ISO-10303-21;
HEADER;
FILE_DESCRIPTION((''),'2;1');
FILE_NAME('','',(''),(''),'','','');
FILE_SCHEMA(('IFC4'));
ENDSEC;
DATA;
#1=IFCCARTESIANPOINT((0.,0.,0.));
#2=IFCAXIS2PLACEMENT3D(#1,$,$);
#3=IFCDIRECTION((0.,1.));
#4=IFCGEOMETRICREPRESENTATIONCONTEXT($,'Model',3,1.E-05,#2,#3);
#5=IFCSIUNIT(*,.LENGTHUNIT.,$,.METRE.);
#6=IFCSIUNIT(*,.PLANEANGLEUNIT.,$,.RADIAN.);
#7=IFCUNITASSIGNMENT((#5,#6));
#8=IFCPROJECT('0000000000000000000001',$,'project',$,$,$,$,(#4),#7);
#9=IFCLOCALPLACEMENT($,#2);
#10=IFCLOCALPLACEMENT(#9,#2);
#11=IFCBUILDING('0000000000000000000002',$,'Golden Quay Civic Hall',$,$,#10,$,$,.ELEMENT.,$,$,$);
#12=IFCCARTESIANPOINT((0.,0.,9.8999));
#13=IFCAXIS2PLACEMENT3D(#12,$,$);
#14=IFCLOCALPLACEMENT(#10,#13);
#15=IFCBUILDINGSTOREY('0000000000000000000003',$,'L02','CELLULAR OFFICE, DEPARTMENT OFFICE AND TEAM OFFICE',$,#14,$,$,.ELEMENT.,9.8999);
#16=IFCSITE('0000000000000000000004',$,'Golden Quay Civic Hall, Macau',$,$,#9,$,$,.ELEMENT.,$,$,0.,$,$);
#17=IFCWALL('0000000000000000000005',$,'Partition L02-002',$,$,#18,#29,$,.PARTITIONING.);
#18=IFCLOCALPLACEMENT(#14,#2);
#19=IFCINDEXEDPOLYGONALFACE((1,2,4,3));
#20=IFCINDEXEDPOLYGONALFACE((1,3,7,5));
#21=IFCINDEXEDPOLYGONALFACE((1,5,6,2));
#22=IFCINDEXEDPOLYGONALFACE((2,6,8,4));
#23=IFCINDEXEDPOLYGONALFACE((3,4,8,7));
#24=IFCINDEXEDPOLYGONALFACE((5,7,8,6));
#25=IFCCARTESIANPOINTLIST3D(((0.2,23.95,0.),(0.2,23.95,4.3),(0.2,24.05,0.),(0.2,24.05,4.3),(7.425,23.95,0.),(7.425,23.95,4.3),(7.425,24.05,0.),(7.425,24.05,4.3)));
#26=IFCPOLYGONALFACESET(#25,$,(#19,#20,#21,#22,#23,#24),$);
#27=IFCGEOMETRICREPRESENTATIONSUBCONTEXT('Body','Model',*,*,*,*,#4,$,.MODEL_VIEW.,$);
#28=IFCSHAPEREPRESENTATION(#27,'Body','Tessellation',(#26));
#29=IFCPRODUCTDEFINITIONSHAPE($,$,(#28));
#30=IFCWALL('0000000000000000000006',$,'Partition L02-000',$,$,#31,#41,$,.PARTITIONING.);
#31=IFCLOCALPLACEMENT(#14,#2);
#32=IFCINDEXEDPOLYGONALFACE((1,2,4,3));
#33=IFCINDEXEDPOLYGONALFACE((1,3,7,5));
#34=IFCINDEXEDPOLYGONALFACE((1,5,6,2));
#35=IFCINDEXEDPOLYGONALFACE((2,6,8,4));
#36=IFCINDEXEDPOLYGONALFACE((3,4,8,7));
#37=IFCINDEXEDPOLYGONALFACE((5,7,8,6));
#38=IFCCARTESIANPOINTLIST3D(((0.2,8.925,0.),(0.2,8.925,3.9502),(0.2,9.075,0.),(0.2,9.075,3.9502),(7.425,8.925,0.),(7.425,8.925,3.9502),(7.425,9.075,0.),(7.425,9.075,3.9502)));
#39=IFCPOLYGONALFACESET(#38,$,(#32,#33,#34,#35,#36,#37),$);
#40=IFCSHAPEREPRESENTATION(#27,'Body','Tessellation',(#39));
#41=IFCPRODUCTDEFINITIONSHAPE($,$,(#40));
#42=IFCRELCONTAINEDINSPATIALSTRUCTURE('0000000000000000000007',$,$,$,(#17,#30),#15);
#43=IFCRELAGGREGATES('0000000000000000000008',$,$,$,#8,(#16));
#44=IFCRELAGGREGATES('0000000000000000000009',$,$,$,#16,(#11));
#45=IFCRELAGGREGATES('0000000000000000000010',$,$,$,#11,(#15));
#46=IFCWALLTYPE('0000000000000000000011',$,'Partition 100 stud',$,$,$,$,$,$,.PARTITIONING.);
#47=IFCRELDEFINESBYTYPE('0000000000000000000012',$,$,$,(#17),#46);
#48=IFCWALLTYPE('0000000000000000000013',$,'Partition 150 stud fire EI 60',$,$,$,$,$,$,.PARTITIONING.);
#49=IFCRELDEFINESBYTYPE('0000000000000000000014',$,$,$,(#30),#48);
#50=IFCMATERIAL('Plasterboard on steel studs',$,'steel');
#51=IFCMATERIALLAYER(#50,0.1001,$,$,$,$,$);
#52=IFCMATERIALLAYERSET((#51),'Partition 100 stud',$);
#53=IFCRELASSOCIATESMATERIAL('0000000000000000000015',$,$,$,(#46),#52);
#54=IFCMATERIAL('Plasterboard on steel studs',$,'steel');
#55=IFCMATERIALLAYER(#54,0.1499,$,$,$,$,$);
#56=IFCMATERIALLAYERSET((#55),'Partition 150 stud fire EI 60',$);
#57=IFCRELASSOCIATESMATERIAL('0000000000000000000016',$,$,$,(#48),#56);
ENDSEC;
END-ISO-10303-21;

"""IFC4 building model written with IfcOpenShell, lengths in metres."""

from ifc_helpers import new_model, si_unit, direction, frame, frame_2d, origin, place, context, subcontext, project, spatial, rectangle, extrude, material, layer, layer_set, type_object, element, save


model = new_model("IFC4")

# Units and contexts
model_context = context("Model", 3, precision=1e-05, world=origin(), true_north=direction((0.0, 1.0)))
body_context = subcontext(model_context, "Body", "Model", "MODEL_VIEW")
ifc_project = project(units=[si_unit("LENGTHUNIT", "METRE"), si_unit("PLANEANGLEUNIT", "RADIAN")], contexts=[model_context])

# Site, building, storey
site_placement = place(None, origin())
site = spatial("IfcSite", under=ifc_project, at=site_placement, Name="Golden Quay Civic Hall, Macau", CompositionType="ELEMENT", RefElevation=0.0)
building_placement = place(site_placement, origin())
building = spatial("IfcBuilding", under=site, at=building_placement, Name="Golden Quay Civic Hall", CompositionType="ELEMENT")
storey_placement = place(building_placement, frame((0.0, 0.0, 9.8999)))
storey = spatial("IfcBuildingStorey", under=building, at=storey_placement, Name="L02", Description="CELLULAR OFFICE, DEPARTMENT OFFICE AND TEAM OFFICE", CompositionType="ELEMENT", Elevation=9.8999)

# Walls
ifc_material_1 = material(Name="Plasterboard on steel studs", Category="steel")
ifc_layer_1 = layer(ifc_material_1, 0.1001)
ifc_layer_set_1 = layer_set([ifc_layer_1], Name="Partition 100 stud")
wall_type_1 = type_object("IfcWallType", Name="Partition 100 stud", PredefinedType="PARTITIONING", material=ifc_layer_set_1)
wall_1_placement = place(storey_placement, frame((0.2, 24.0, 0.0), z_axis=(0.0, 0.0, 1.0), x_axis=(1.0, 0.0, 0.0)))
element("IfcWall", 1, at=wall_1_placement, inside=storey, type_object=wall_type_1, Name="Partition L02-002", PredefinedType="PARTITIONING", context=body_context, shape_type="SweptSolid", body=[
    extrude(rectangle(XDim=7.2251, YDim=0.1001, at=frame_2d((3.6125, 0.0))), origin(), (0.0, 0.0, 1.0), 4.3),
])
ifc_material_2 = material(Name="Plasterboard on steel studs", Category="steel")
ifc_layer_2 = layer(ifc_material_2, 0.1499)
ifc_layer_set_2 = layer_set([ifc_layer_2], Name="Partition 150 stud fire EI 60")
wall_type_2 = type_object("IfcWallType", Name="Partition 150 stud fire EI 60", PredefinedType="PARTITIONING", material=ifc_layer_set_2)
wall_2_placement = place(storey_placement, frame((0.2, 9.0, 0.0), z_axis=(0.0, 0.0, 1.0), x_axis=(1.0, 0.0, 0.0)))
element("IfcWall", 2, at=wall_2_placement, inside=storey, type_object=wall_type_2, Name="Partition L02-000", PredefinedType="PARTITIONING", context=body_context, shape_type="SweptSolid", body=[
    extrude(rectangle(XDim=7.2251, YDim=0.1499, at=frame_2d((3.6125, 0.0))), origin(), (0.0, 0.0, 1.0), 3.9502),
])

save(model, "model.ifc")
